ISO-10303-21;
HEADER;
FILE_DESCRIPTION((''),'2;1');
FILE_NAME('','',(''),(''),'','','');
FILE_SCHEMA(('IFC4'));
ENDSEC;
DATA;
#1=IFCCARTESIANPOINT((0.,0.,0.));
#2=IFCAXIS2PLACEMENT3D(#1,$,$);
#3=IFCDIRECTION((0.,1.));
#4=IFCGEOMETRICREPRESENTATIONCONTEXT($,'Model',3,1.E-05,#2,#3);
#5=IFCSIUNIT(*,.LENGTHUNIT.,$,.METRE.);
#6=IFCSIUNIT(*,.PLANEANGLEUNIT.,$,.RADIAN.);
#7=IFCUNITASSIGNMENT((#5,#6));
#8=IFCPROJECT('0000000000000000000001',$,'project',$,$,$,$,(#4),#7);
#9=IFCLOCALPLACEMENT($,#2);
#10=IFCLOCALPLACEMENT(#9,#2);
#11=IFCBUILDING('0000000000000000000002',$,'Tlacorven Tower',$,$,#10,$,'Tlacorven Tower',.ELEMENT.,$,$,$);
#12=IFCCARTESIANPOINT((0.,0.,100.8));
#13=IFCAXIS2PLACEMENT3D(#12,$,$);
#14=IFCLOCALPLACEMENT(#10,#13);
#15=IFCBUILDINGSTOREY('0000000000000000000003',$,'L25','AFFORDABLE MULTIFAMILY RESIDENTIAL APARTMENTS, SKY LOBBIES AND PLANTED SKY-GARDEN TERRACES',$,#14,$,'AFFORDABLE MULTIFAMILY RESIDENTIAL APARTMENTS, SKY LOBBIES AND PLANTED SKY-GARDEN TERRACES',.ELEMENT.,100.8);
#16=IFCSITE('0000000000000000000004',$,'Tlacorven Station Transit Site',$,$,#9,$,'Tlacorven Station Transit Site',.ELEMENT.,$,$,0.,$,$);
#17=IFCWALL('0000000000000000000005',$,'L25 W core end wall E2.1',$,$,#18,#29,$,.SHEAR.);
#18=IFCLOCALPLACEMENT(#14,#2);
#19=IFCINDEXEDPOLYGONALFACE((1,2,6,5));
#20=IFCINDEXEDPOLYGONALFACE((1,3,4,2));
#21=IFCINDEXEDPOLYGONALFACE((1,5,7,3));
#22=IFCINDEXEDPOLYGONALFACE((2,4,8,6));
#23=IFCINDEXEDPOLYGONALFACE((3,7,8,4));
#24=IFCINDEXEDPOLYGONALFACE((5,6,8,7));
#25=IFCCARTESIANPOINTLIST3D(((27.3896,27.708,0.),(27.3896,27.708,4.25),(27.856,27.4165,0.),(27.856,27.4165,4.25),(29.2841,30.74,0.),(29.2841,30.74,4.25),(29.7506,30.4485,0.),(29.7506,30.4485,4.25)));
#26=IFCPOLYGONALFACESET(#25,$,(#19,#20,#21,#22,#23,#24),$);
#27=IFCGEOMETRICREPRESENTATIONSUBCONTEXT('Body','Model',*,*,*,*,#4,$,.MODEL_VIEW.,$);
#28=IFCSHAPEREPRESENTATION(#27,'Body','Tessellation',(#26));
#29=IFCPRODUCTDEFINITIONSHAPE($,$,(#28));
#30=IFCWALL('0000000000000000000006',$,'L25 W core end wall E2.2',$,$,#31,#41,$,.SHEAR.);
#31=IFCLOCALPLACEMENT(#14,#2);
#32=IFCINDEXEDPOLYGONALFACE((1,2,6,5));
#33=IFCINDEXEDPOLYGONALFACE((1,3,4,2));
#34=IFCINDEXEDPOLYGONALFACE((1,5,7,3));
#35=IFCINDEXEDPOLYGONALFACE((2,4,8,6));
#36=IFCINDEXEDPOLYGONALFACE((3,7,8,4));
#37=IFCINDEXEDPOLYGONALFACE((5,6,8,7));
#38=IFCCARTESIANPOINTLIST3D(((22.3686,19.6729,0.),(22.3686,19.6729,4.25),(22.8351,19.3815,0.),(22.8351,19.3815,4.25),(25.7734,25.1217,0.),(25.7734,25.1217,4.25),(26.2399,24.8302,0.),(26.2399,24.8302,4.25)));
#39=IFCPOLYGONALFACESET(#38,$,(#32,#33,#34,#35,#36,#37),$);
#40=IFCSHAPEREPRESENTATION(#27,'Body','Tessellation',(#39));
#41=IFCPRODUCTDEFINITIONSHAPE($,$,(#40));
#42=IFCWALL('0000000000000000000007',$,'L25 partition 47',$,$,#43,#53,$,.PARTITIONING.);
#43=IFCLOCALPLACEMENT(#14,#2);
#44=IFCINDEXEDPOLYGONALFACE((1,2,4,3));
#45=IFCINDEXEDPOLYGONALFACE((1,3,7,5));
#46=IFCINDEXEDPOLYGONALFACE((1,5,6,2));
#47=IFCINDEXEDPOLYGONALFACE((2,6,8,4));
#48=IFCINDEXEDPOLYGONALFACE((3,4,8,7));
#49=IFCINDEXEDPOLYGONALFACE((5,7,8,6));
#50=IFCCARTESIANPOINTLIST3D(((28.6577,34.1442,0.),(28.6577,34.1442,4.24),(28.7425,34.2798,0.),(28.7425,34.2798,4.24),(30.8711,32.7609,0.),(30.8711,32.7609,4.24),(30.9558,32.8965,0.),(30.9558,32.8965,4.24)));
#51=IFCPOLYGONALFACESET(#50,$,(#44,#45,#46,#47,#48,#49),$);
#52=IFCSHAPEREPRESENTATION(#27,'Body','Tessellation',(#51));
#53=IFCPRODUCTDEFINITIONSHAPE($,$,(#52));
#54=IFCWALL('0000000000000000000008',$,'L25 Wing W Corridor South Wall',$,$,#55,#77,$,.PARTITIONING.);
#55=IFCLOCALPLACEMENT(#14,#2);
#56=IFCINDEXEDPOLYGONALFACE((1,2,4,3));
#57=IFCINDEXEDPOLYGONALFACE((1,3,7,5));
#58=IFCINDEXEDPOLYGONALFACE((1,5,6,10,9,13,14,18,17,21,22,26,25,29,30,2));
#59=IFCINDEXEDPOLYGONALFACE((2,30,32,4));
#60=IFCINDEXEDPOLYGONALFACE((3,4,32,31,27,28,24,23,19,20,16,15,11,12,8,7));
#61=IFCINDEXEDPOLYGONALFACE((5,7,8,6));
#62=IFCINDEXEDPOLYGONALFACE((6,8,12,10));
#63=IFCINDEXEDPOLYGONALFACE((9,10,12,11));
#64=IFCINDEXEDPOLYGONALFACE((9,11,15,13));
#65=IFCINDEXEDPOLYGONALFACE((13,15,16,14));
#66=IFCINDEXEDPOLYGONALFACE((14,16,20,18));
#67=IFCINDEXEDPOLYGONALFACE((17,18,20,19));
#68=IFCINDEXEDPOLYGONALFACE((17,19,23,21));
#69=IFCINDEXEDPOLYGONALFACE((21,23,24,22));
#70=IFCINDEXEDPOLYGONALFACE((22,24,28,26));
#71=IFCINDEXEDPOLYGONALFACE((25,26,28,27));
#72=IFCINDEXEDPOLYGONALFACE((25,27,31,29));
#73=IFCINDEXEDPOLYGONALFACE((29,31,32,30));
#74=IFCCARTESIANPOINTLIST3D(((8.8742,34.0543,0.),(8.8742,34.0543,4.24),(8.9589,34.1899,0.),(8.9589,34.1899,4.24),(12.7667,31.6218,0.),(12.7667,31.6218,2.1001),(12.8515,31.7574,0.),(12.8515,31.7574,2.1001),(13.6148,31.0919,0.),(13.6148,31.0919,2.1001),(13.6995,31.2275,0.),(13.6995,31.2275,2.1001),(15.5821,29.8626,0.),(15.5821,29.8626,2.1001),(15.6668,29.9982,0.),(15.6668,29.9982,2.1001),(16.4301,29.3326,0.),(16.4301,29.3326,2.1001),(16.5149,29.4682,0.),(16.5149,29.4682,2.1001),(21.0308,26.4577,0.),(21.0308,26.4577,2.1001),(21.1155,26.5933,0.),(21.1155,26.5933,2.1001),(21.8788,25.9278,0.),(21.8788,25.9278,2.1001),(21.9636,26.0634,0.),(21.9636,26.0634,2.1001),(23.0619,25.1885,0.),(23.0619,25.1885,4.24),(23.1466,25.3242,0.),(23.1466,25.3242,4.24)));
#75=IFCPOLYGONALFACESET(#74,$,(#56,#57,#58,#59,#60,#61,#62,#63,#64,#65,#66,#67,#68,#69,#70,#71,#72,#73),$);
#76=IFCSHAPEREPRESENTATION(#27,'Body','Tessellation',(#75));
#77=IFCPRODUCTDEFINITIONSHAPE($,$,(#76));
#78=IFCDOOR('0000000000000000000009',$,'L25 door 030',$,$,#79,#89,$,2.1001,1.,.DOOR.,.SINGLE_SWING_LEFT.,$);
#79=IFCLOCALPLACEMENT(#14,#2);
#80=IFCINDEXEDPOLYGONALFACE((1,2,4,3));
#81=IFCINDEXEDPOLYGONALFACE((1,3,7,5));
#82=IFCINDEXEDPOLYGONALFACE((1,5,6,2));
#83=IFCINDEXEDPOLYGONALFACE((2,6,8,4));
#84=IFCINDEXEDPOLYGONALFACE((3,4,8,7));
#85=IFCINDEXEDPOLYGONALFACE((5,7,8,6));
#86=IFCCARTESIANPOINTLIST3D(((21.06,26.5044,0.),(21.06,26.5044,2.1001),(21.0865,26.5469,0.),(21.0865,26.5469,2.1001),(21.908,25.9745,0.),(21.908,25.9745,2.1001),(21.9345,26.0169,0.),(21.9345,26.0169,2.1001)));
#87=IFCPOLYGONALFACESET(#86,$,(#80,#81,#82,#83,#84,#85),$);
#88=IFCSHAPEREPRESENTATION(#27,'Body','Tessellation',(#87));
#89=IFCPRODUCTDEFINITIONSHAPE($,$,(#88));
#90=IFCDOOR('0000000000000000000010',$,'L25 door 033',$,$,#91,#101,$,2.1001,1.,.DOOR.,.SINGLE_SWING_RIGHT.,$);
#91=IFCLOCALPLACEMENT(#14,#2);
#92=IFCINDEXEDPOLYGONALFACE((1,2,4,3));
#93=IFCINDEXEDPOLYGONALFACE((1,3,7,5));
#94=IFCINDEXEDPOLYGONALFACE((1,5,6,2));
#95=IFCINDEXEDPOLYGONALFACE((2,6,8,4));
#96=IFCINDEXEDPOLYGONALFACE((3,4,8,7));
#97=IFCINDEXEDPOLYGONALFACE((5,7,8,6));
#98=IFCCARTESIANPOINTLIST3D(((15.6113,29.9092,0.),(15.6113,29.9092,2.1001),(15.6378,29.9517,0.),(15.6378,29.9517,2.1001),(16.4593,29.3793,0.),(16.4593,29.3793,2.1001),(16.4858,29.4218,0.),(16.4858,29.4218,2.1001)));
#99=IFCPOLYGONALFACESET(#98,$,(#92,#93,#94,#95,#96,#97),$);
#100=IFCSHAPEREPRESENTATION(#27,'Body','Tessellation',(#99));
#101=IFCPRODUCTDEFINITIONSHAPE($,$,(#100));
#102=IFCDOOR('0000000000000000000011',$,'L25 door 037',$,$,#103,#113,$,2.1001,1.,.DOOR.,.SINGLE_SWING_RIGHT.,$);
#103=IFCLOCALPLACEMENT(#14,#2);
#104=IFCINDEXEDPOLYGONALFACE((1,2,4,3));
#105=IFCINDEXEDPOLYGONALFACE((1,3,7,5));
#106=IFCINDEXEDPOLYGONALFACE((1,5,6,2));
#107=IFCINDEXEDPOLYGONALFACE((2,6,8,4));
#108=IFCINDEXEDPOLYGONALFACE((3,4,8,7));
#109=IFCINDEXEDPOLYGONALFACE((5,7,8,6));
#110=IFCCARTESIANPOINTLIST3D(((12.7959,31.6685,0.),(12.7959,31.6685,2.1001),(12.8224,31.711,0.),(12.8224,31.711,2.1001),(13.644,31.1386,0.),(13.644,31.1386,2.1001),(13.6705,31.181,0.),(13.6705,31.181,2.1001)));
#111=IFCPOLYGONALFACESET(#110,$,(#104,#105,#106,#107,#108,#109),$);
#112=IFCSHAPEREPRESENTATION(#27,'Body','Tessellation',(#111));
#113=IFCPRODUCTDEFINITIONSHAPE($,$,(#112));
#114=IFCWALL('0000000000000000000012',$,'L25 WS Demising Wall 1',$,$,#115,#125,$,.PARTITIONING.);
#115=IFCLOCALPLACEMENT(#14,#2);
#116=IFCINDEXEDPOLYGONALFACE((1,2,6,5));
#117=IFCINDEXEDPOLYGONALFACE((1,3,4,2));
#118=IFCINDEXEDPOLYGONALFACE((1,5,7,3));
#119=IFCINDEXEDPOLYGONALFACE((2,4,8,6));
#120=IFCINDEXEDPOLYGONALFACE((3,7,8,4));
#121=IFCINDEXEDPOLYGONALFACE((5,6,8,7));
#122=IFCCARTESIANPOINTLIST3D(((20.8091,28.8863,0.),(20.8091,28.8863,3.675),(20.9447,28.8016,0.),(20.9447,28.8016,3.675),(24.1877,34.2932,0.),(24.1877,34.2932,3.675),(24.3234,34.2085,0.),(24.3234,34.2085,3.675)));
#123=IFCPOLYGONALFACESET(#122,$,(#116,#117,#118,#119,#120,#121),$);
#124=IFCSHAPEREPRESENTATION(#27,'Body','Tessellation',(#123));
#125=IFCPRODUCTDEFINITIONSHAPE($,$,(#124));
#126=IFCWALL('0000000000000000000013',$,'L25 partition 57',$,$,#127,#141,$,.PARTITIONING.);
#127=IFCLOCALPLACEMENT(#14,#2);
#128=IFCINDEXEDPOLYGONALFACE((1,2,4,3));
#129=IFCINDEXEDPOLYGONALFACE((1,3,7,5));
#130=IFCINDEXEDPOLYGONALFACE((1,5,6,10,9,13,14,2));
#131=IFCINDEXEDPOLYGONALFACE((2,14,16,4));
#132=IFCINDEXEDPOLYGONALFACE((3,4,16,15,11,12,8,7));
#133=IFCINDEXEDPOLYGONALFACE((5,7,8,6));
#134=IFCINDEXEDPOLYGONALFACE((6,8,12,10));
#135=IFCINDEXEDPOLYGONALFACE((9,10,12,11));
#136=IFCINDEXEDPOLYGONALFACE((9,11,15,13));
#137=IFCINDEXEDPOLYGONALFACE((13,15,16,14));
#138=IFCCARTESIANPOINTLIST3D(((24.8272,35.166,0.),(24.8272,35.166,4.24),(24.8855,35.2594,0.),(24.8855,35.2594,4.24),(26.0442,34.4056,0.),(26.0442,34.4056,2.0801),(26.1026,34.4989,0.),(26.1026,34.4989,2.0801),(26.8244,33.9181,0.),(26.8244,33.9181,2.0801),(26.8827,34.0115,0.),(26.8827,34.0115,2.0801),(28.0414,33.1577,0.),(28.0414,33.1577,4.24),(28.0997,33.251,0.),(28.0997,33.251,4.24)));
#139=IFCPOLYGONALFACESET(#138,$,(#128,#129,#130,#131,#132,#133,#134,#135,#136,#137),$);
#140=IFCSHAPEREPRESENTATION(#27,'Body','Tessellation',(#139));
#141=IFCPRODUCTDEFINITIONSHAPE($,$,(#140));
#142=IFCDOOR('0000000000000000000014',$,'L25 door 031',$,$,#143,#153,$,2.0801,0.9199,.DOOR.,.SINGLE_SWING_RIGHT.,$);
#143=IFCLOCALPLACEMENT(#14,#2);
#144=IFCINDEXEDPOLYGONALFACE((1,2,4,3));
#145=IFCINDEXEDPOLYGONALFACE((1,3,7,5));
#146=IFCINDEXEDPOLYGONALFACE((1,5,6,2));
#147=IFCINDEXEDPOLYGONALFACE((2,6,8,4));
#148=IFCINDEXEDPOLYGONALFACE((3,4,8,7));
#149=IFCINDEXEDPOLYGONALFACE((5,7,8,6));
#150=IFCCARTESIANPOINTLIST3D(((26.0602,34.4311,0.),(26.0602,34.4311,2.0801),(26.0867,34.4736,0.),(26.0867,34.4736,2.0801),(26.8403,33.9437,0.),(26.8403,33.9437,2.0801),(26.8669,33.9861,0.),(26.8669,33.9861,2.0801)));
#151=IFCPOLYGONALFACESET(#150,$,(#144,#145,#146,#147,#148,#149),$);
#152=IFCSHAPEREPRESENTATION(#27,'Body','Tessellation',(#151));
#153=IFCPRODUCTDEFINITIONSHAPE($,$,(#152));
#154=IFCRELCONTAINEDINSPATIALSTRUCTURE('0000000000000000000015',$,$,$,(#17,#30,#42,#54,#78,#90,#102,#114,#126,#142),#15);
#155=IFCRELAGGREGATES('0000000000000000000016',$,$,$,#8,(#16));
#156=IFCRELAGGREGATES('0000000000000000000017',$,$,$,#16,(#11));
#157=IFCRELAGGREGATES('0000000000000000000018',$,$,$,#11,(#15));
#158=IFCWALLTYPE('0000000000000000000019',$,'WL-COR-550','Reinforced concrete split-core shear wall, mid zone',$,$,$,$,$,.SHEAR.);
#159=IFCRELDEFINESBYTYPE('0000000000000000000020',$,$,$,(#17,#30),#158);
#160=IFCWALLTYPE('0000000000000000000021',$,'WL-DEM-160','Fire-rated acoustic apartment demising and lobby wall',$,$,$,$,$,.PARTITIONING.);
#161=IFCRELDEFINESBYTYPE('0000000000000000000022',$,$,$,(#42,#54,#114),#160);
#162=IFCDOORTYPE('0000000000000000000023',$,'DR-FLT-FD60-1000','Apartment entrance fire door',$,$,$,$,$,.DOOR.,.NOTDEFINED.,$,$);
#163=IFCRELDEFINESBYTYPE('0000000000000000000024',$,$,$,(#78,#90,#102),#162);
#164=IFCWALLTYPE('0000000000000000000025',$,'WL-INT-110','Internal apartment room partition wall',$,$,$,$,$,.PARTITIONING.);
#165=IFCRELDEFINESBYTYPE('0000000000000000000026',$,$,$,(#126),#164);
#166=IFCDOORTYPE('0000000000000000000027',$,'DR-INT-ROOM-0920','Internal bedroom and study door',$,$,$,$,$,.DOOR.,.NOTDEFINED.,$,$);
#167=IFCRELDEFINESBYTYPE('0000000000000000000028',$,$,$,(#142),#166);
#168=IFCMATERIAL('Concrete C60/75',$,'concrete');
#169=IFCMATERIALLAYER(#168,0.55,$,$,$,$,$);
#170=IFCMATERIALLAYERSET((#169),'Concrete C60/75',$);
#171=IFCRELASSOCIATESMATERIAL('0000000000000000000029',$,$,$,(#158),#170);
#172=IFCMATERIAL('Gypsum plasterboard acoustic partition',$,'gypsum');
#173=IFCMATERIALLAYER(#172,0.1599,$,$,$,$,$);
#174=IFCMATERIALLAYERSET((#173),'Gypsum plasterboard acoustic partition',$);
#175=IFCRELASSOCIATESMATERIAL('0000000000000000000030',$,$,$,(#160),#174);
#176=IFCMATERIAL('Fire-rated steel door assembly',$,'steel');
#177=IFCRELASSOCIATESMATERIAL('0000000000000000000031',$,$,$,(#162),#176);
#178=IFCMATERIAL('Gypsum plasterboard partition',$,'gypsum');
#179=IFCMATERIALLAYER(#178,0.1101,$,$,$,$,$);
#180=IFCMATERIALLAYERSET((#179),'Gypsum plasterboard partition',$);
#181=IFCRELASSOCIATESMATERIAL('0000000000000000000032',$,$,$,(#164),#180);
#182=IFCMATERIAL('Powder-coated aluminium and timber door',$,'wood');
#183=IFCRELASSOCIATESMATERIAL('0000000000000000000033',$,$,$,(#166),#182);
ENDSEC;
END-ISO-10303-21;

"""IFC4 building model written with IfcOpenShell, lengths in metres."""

from ifc_helpers import new_model, si_unit, direction, frame, frame_2d, origin, place, context, subcontext, project, spatial, rectangle, extrude, source, transform, mapped, material, layer, layer_set, type_object, element, fill, save


model = new_model("IFC4")

# Units and contexts
model_context = context("Model", 3, precision=1e-05, world=origin(), true_north=direction((0.0, 1.0)))
body_context = subcontext(model_context, "Body", "Model", "MODEL_VIEW")
ifc_project = project(units=[si_unit("LENGTHUNIT", "METRE"), si_unit("PLANEANGLEUNIT", "RADIAN")], contexts=[model_context])

# Site, building, storey
site_placement = place(None, origin())
site = spatial("IfcSite", under=ifc_project, at=site_placement, Name="Tlacorven Station Transit Site", LongName="Tlacorven Station Transit Site", CompositionType="ELEMENT", RefElevation=0.0)
building_placement = place(site_placement, origin())
building = spatial("IfcBuilding", under=site, at=building_placement, Name="Tlacorven Tower", LongName="Tlacorven Tower", CompositionType="ELEMENT")
storey_placement = place(building_placement, frame((0.0, 0.0, 100.8)))
storey = spatial("IfcBuildingStorey", under=building, at=storey_placement, Name="L25", Description="AFFORDABLE MULTIFAMILY RESIDENTIAL APARTMENTS, SKY LOBBIES AND PLANTED SKY-GARDEN TERRACES", LongName="AFFORDABLE MULTIFAMILY RESIDENTIAL APARTMENTS, SKY LOBBIES AND PLANTED SKY-GARDEN TERRACES", CompositionType="ELEMENT", Elevation=100.8)

# Shared definitions
ifc_material_1 = material(Name="Concrete C60/75", Category="concrete")

# Walls
ifc_layer_1 = layer(ifc_material_1, 0.55)
ifc_layer_set_1 = layer_set([ifc_layer_1], Name="Concrete C60/75")
wall_type_1 = type_object("IfcWallType", Name="WL-COR-550", Description="Reinforced concrete split-core shear wall, mid zone", PredefinedType="SHEAR", material=ifc_layer_set_1)
wall_1_placement = place(storey_placement, frame((29.5173, 30.5942, 0.0), z_axis=(0.0, 0.0, 1.0), x_axis=(-0.529907, -0.848056, 0.0)))
element("IfcWall", 1, at=wall_1_placement, inside=storey, type_object=wall_type_1, Name="L25 W core end wall E2.1", PredefinedType="SHEAR", context=body_context, shape_type="SweptSolid", body=[
    extrude(rectangle(XDim=3.5752, YDim=0.55, at=frame_2d((1.7876, 0.0))), origin(), (0.0, 0.0, 1.0), 4.25),
])
wall_2_placement = place(storey_placement, frame((26.0066, 24.9758, 0.0), z_axis=(0.0, 0.0, 1.0), x_axis=(-0.529924, -0.848045, 0.0)))
element("IfcWall", 2, at=wall_2_placement, inside=storey, type_object=wall_type_1, Name="L25 W core end wall E2.2", PredefinedType="SHEAR", context=body_context, shape_type="SweptSolid", body=[
    extrude(rectangle(XDim=6.425, YDim=0.55, at=frame_2d((3.2124, 0.0))), origin(), (0.0, 0.0, 1.0), 4.25),
])
ifc_material_2 = material(Name="Gypsum plasterboard acoustic partition", Category="gypsum")
ifc_layer_2 = layer(ifc_material_2, 0.1599)
ifc_layer_set_2 = layer_set([ifc_layer_2], Name="Gypsum plasterboard acoustic partition")
wall_type_2 = type_object("IfcWallType", Name="WL-DEM-160", Description="Fire-rated acoustic apartment demising and lobby wall", PredefinedType="PARTITIONING", material=ifc_layer_set_2)
wall_3_placement = place(storey_placement, frame((30.9136, 32.8286, 0.0), z_axis=(0.0, 0.0, 1.0), x_axis=(-0.848009, 0.529982, 0.0)))
element("IfcWall", 3, at=wall_3_placement, inside=storey, type_object=wall_type_2, Name="L25 partition 47", PredefinedType="PARTITIONING", context=body_context, shape_type="SweptSolid", body=[
    extrude(rectangle(XDim=2.6101, YDim=0.1599, at=frame_2d((1.3052, 0.0))), origin(), (0.0, 0.0, 1.0), 4.24),
])

# Wall, openings, doors
wall_4_placement = place(storey_placement, frame((23.1042, 25.2563, 0.0), z_axis=(0.0, 0.0, 1.0), x_axis=(-0.848042, 0.529929, 0.0)))
wall_4 = element("IfcWall", 4, at=wall_4_placement, inside=storey, type_object=wall_type_2, Name="L25 Wing W Corridor South Wall", PredefinedType="PARTITIONING", context=body_context, shape_type="SweptSolid", body=[
    extrude(rectangle(XDim=16.73, YDim=0.1599, at=frame_2d((8.365, 0.0))), origin(), (0.0, 0.0, 1.0), 4.24),
])
opening_1_placement = place(wall_4_placement, frame((1.395, 0.0, 0.0)))
opening_1 = element("IfcOpeningElement", 5, at=opening_1_placement, cuts=wall_4, PredefinedType="OPENING", context=body_context, shape_type="SweptSolid", body=[
    extrude(rectangle(XDim=1.0, YDim=2.1001, at=frame_2d((0.5, 1.05))), frame((0.0, 0.0898, 0.0), z_axis=(0.0, -1.0, 0.0), x_axis=(1.0, 0.0, 0.0)), (0.0, 0.0, 1.0), 0.1799),
])
opening_2_placement = place(wall_4_placement, frame((7.8201, 0.0, 0.0)))
opening_2 = element("IfcOpeningElement", 6, at=opening_2_placement, cuts=wall_4, PredefinedType="OPENING", context=body_context, shape_type="SweptSolid", body=[
    extrude(rectangle(XDim=1.0, YDim=2.1001, at=frame_2d((0.5, 1.05))), frame((0.0, 0.0898, 0.0), z_axis=(0.0, -1.0, 0.0), x_axis=(1.0, 0.0, 0.0)), (0.0, 0.0, 1.0), 0.1799),
])
opening_3_placement = place(wall_4_placement, frame((11.1399, 0.0, 0.0)))
opening_3 = element("IfcOpeningElement", 7, at=opening_3_placement, cuts=wall_4, PredefinedType="OPENING", context=body_context, shape_type="SweptSolid", body=[
    extrude(rectangle(XDim=1.0, YDim=2.1001, at=frame_2d((0.5, 1.05))), frame((0.0, 0.0898, 0.0), z_axis=(0.0, -1.0, 0.0), x_axis=(1.0, 0.0, 0.0)), (0.0, 0.0, 1.0), 0.1799),
])
ifc_material_3 = material(Name="Fire-rated steel door assembly", Category="steel")
door_type_1 = type_object("IfcDoorType", Name="DR-FLT-FD60-1000", Description="Apartment entrance fire door", OperationType="NOTDEFINED", PredefinedType="DOOR", material=ifc_material_3)
shared_shape_1 = source(origin(), body_context, "Body", "SweptSolid", [
    extrude(rectangle(XDim=1.0, YDim=2.1001, at=frame_2d((0.5, 1.05))), frame((0.0, 0.0249, 0.0), z_axis=(0.0, -1.0, 0.0), x_axis=(1.0, 0.0, 0.0)), (0.0, 0.0, 1.0), 0.05),
])
door_1_placement = place(opening_1_placement, origin())
door_1 = element("IfcDoor", 8, at=door_1_placement, inside=storey, type_object=door_type_1, Name="L25 door 030", OperationType="SINGLE_SWING_LEFT", OverallHeight=2.1001, OverallWidth=1.0, PredefinedType="DOOR", context=body_context, shape_type="MappedRepresentation", body=[
    mapped(shared_shape_1, transform((0.0, 0.0, 0.0), scale=1.0)),
])
fill(opening_1, door_1)
door_2_placement = place(opening_2_placement, origin())
door_2 = element("IfcDoor", 9, at=door_2_placement, inside=storey, type_object=door_type_1, Name="L25 door 033", OperationType="SINGLE_SWING_RIGHT", OverallHeight=2.1001, OverallWidth=1.0, PredefinedType="DOOR", context=body_context, shape_type="MappedRepresentation", body=[
    mapped(shared_shape_1, transform((0.0, 0.0, 0.0), scale=1.0)),
])
fill(opening_2, door_2)
door_3_placement = place(opening_3_placement, origin())
door_3 = element("IfcDoor", 10, at=door_3_placement, inside=storey, type_object=door_type_1, Name="L25 door 037", OperationType="SINGLE_SWING_RIGHT", OverallHeight=2.1001, OverallWidth=1.0, PredefinedType="DOOR", context=body_context, shape_type="MappedRepresentation", body=[
    mapped(shared_shape_1, transform((0.0, 0.0, 0.0), scale=1.0)),
])
fill(opening_3, door_3)

# Wall
wall_5_placement = place(storey_placement, frame((24.2556, 34.251, 0.0), z_axis=(0.0, 0.0, 1.0), x_axis=(-0.52992, -0.848048, 0.0)))
element("IfcWall", 11, at=wall_5_placement, inside=storey, type_object=wall_type_2, Name="L25 WS Demising Wall 1", PredefinedType="PARTITIONING", context=body_context, shape_type="SweptSolid", body=[
    extrude(rectangle(XDim=6.3757, YDim=0.1599, at=frame_2d((3.188, 0.0))), origin(), (0.0, 0.0, 1.0), 3.675),
])

# Wall, opening, door
ifc_material_4 = material(Name="Gypsum plasterboard partition", Category="gypsum")
ifc_layer_3 = layer(ifc_material_4, 0.1101)
ifc_layer_set_3 = layer_set([ifc_layer_3], Name="Gypsum plasterboard partition")
wall_type_3 = type_object("IfcWallType", Name="WL-INT-110", Description="Internal apartment room partition wall", PredefinedType="PARTITIONING", material=ifc_layer_set_3)
wall_6_placement = place(storey_placement, frame((28.0706, 33.2043, 0.0), z_axis=(0.0, 0.0, 1.0), x_axis=(-0.84806, 0.529901, 0.0)))
wall_6 = element("IfcWall", 12, at=wall_6_placement, inside=storey, type_object=wall_type_3, Name="L25 partition 57", PredefinedType="PARTITIONING", context=body_context, shape_type="SweptSolid", body=[
    extrude(rectangle(XDim=3.79, YDim=0.1101, at=frame_2d((1.895, 0.0))), origin(), (0.0, 0.0, 1.0), 4.24),
])
opening_4_placement = place(wall_6_placement, frame((1.4351, 0.0, 0.0)))
opening_4 = element("IfcOpeningElement", 13, at=opening_4_placement, cuts=wall_6, PredefinedType="OPENING", context=body_context, shape_type="SweptSolid", body=[
    extrude(rectangle(XDim=0.9199, YDim=2.0801, at=frame_2d((0.46, 1.04))), frame((0.0, 0.0649, 0.0), z_axis=(0.0, -1.0, 0.0), x_axis=(1.0, 0.0, 0.0)), (0.0, 0.0, 1.0), 0.1301),
])
ifc_material_5 = material(Name="Powder-coated aluminium and timber door", Category="wood")
door_type_2 = type_object("IfcDoorType", Name="DR-INT-ROOM-0920", Description="Internal bedroom and study door", OperationType="NOTDEFINED", PredefinedType="DOOR", material=ifc_material_5)
shared_shape_2 = source(origin(), body_context, "Body", "SweptSolid", [
    extrude(rectangle(XDim=0.9199, YDim=2.0801, at=frame_2d((0.46, 1.04))), frame((0.0, 0.0249, 0.0), z_axis=(0.0, -1.0, 0.0), x_axis=(1.0, 0.0, 0.0)), (0.0, 0.0, 1.0), 0.05),
])
door_4_placement = place(opening_4_placement, origin())
door_4 = element("IfcDoor", 14, at=door_4_placement, inside=storey, type_object=door_type_2, Name="L25 door 031", OperationType="SINGLE_SWING_RIGHT", OverallHeight=2.0801, OverallWidth=0.9199, PredefinedType="DOOR", context=body_context, shape_type="MappedRepresentation", body=[
    mapped(shared_shape_2, transform((0.0, 0.0, 0.0), scale=1.0)),
])
fill(opening_4, door_4)

save(model, "model.ifc")
